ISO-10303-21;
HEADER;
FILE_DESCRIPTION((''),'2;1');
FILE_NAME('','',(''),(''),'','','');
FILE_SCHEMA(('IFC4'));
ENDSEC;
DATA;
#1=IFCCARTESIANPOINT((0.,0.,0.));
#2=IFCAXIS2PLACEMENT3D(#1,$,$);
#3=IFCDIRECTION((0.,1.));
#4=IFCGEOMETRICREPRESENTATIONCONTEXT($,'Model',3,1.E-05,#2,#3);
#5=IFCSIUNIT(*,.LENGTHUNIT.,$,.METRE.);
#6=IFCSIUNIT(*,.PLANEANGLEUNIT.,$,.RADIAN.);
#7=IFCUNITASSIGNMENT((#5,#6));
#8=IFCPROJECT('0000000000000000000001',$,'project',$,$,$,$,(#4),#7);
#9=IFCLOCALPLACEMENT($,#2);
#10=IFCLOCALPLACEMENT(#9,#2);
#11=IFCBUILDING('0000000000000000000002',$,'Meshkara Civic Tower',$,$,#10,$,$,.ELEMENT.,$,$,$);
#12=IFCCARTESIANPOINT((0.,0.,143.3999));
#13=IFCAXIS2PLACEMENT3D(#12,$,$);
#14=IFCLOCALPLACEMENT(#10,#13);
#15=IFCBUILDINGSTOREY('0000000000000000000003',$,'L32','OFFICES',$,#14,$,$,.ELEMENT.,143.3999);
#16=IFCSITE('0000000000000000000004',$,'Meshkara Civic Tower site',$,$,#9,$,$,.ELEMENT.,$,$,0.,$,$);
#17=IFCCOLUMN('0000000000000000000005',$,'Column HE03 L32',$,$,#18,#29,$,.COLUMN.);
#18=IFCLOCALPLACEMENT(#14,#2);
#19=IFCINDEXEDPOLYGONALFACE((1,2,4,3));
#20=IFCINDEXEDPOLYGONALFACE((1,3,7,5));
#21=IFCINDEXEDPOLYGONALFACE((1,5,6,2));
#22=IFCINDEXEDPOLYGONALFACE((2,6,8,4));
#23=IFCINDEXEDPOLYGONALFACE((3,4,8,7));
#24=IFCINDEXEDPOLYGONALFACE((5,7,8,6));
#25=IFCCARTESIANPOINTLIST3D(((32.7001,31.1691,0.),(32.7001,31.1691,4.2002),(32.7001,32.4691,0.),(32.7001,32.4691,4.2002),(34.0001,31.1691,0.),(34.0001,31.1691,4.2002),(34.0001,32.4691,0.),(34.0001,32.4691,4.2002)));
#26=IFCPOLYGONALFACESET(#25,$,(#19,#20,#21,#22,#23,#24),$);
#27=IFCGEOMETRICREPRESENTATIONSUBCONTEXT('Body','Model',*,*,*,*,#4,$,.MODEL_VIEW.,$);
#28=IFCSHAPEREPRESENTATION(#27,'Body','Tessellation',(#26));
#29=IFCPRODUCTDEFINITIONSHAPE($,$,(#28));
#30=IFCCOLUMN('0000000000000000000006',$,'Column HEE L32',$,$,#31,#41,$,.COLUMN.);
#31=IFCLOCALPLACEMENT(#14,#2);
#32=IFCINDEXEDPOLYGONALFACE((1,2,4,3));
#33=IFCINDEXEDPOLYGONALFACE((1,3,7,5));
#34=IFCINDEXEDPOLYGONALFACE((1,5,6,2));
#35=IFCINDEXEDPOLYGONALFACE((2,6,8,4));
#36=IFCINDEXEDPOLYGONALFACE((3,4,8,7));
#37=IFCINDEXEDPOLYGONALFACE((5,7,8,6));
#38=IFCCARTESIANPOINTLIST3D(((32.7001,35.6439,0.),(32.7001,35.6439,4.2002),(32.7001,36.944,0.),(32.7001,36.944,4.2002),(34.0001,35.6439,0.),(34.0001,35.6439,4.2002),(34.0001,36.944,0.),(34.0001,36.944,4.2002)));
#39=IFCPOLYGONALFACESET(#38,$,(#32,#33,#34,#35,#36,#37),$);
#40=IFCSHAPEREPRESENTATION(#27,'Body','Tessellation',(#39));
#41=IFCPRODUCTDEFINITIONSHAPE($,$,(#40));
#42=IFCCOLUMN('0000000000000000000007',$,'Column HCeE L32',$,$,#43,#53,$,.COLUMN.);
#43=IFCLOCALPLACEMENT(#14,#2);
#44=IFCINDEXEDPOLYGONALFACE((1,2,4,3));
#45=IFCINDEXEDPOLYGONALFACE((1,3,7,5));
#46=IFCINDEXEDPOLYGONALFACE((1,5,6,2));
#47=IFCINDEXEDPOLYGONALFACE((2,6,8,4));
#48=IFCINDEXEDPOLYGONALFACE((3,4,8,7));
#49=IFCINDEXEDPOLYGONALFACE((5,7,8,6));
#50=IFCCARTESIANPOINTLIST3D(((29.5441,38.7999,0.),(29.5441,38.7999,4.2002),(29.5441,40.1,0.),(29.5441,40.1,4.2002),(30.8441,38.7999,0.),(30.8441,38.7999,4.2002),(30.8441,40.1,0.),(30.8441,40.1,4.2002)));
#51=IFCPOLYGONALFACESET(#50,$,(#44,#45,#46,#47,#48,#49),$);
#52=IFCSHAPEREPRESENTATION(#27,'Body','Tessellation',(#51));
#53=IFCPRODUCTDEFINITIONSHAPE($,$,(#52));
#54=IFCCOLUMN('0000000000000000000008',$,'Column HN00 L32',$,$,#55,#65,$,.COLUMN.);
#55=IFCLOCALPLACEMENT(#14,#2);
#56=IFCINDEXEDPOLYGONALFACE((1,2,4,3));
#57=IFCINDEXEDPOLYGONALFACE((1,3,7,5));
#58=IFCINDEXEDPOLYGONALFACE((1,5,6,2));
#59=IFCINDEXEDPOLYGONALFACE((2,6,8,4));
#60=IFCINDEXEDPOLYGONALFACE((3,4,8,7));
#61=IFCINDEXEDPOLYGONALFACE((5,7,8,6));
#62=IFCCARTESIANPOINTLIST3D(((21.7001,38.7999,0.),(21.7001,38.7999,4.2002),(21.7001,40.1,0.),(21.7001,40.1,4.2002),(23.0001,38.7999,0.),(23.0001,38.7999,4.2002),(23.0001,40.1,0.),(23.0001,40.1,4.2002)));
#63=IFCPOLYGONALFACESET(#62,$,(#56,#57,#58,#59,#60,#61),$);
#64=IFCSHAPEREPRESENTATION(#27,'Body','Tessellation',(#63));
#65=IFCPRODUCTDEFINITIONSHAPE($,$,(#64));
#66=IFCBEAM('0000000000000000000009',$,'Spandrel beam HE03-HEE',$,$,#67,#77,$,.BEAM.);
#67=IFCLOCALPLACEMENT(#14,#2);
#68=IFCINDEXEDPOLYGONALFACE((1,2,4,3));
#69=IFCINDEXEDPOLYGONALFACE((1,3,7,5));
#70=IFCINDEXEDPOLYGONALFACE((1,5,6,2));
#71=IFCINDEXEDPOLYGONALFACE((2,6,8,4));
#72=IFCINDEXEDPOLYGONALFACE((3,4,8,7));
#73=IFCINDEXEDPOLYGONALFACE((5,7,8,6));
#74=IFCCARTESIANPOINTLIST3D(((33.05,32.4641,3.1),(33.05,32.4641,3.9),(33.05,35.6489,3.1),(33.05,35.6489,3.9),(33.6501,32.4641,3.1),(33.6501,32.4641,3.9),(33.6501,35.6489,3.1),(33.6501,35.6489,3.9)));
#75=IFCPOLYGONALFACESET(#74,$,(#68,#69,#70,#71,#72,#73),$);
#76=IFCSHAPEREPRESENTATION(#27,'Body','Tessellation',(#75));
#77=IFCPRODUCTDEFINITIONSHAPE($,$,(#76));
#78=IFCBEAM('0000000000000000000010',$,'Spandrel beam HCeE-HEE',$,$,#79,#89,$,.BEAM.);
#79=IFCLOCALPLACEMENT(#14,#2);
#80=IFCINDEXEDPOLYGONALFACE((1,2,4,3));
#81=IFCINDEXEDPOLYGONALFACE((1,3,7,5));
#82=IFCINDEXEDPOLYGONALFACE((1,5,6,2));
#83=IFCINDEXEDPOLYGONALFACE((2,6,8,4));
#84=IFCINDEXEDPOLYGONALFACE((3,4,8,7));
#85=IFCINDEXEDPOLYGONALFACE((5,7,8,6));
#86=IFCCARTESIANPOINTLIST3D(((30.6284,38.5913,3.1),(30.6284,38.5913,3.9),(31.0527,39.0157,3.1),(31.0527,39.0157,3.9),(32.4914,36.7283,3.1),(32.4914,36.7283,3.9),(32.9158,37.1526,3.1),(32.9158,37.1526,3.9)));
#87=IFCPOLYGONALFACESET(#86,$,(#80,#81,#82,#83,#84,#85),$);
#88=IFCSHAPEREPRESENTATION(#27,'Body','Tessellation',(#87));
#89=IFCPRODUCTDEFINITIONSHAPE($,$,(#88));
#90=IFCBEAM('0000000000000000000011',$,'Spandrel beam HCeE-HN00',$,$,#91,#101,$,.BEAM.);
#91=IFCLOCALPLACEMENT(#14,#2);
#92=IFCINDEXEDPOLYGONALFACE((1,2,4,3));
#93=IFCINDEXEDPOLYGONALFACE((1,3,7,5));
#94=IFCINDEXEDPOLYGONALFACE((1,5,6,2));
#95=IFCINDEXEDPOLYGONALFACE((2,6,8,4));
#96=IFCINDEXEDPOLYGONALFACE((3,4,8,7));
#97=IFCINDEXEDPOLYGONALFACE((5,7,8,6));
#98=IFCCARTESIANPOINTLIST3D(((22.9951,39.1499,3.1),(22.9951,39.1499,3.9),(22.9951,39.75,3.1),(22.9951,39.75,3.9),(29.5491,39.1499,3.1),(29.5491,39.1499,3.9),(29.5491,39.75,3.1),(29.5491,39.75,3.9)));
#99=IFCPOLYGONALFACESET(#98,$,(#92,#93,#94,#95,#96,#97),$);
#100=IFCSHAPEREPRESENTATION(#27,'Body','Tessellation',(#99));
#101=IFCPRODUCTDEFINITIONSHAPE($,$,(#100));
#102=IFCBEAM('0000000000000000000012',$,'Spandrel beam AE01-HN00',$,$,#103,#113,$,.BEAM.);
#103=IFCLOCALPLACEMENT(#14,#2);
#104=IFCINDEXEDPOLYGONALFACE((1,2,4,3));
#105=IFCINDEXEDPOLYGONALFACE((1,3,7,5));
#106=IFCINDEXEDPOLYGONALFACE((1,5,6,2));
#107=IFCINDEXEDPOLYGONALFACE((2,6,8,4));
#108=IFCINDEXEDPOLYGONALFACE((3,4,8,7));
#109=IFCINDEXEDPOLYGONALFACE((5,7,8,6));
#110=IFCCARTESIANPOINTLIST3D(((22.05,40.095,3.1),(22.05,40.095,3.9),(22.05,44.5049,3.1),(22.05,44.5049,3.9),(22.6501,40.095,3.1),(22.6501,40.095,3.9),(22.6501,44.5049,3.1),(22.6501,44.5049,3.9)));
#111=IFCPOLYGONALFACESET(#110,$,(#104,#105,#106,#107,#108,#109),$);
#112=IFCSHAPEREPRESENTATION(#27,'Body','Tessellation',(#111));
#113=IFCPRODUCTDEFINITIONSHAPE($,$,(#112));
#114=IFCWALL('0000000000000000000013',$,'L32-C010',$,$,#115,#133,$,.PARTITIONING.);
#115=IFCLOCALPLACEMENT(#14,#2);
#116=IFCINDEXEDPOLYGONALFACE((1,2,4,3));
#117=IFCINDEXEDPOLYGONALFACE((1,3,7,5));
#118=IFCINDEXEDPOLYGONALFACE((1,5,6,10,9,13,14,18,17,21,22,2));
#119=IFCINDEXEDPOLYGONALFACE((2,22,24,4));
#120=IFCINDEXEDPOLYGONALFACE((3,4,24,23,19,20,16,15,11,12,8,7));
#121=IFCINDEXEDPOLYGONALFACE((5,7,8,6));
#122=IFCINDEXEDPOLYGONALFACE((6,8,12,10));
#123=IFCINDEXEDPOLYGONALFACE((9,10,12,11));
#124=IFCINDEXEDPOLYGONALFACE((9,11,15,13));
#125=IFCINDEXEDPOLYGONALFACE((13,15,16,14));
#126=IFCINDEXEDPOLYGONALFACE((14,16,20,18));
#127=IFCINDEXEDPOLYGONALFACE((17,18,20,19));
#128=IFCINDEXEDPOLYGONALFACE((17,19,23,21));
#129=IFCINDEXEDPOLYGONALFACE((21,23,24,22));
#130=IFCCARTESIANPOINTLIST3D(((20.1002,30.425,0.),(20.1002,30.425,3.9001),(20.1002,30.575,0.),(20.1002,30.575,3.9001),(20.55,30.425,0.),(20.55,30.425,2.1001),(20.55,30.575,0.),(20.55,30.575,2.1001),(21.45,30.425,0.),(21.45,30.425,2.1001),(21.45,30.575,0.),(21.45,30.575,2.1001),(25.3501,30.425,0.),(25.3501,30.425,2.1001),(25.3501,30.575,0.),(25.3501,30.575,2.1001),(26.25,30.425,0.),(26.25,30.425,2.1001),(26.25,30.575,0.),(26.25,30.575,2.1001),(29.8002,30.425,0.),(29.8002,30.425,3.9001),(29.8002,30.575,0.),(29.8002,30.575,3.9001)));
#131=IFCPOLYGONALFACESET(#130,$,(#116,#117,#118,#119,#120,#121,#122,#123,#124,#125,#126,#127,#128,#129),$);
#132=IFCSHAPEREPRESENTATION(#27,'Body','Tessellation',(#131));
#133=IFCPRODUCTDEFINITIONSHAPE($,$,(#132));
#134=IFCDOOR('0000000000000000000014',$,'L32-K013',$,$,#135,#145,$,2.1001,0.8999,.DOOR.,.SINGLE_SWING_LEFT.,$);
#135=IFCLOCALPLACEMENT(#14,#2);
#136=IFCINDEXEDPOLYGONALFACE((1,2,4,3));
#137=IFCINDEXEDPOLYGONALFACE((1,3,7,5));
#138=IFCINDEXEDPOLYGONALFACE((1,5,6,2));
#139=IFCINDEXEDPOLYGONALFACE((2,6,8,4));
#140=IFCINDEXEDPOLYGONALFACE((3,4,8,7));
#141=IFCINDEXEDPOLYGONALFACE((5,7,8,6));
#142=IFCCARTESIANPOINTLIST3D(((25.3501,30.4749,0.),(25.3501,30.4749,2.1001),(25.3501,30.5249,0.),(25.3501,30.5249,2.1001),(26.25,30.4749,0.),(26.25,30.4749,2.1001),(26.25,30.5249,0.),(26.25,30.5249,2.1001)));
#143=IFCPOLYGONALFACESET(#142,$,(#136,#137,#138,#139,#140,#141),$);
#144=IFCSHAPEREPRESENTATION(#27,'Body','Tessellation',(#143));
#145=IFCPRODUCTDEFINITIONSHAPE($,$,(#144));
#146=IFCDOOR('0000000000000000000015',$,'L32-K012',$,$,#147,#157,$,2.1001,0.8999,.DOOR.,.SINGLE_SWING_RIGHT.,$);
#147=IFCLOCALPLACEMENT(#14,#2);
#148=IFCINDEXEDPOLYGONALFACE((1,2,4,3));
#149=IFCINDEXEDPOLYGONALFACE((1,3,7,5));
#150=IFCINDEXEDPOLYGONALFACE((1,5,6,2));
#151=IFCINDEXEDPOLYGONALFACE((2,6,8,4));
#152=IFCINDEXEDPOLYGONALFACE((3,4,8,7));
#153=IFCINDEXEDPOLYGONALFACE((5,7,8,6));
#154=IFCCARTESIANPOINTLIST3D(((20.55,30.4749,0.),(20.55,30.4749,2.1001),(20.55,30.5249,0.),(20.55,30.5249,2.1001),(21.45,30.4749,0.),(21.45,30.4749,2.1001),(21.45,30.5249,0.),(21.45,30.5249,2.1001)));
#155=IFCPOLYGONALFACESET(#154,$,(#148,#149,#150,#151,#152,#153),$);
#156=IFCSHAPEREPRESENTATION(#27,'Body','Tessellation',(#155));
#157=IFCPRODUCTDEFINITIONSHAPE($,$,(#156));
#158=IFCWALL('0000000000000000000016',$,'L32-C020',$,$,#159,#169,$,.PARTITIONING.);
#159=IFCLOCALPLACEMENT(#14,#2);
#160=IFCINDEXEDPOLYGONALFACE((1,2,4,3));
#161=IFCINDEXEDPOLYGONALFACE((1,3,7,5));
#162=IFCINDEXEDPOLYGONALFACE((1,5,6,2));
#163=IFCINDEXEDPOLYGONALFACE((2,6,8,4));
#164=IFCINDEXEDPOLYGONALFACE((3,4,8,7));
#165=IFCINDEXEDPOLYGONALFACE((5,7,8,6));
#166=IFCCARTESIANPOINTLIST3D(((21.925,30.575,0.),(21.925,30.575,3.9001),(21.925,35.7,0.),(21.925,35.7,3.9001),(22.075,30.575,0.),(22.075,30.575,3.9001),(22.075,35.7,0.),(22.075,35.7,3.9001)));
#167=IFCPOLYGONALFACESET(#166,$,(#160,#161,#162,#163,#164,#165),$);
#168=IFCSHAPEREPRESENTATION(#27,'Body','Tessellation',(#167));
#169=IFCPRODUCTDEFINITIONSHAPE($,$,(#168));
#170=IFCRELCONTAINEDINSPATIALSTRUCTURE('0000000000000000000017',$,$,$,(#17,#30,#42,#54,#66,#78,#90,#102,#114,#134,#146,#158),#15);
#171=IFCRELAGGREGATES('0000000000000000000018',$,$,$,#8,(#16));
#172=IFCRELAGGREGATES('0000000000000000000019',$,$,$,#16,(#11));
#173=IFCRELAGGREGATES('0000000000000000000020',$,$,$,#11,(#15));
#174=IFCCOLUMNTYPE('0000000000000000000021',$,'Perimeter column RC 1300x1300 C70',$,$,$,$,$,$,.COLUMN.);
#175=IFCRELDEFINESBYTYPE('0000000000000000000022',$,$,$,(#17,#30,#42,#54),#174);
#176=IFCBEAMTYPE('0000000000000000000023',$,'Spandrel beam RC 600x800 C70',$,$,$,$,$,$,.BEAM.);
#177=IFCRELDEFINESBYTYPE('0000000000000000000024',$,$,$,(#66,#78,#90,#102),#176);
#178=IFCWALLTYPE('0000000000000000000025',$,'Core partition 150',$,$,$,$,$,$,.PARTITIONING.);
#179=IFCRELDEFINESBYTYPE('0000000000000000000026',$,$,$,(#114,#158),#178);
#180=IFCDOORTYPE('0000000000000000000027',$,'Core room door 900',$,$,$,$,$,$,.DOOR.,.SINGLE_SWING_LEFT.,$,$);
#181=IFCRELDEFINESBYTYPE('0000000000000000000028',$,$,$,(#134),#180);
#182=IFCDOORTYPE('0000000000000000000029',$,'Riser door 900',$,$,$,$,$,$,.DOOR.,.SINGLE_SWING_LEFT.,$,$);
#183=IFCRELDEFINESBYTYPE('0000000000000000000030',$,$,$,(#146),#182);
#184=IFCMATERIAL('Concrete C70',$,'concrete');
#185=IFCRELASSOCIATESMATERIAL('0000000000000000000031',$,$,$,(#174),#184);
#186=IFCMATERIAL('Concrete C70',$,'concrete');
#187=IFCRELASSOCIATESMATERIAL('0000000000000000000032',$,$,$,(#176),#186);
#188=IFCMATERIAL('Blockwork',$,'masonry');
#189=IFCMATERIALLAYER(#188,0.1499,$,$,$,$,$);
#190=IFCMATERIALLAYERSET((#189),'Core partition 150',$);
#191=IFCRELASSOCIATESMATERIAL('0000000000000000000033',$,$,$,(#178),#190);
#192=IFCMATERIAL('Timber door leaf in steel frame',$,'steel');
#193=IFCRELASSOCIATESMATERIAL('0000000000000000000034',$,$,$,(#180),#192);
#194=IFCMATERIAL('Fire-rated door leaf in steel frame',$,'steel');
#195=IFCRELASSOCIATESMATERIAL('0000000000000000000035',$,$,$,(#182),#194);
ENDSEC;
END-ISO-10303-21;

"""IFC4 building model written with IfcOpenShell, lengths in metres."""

from ifc_helpers import new_model, si_unit, direction, frame, frame_2d, origin, origin_2d, place, context, subcontext, project, spatial, rectangle, extrude, material, layer, layer_set, material_profile, profile_set, type_object, element, fill, save


model = new_model("IFC4")

# Units and contexts
model_context = context("Model", 3, precision=1e-05, world=origin(), true_north=direction((0.0, 1.0)))
body_context = subcontext(model_context, "Body", "Model", "MODEL_VIEW")
ifc_project = project(units=[si_unit("LENGTHUNIT", "METRE"), si_unit("PLANEANGLEUNIT", "RADIAN")], contexts=[model_context])

# Site, building, storey
site_placement = place(None, origin())
site = spatial("IfcSite", under=ifc_project, at=site_placement, Name="Meshkara Civic Tower site", CompositionType="ELEMENT", RefElevation=0.0)
building_placement = place(site_placement, origin())
building = spatial("IfcBuilding", under=site, at=building_placement, Name="Meshkara Civic Tower", CompositionType="ELEMENT")
storey_placement = place(building_placement, frame((0.0, 0.0, 143.3999)))
storey = spatial("IfcBuildingStorey", under=building, at=storey_placement, Name="L32", Description="OFFICES", CompositionType="ELEMENT", Elevation=143.3999)

# Columns
ifc_material_1 = material(Name="Concrete C70", Category="concrete")
ifc_material_profile_1 = material_profile(ifc_material_1, rectangle(XDim=1.3, YDim=1.3, at=origin_2d()))
ifc_profile_set_1 = profile_set([ifc_material_profile_1], Name="Concrete C70")
column_type = type_object("IfcColumnType", Name="Perimeter column RC 1300x1300 C70", PredefinedType="COLUMN", material=ifc_profile_set_1)
for number, where, z_axis, x_axis, name in (
    (1, (33.3501, 31.8191, 0.0), (0.0, 0.0, 1.0), (1.0, 0.0, 0.0), "Column HE03 L32"),
    (2, (33.3501, 36.2939, 0.0), (0.0, 0.0, 1.0), (1.0, 0.0, 0.0), "Column HEE L32"),
    (3, (30.1941, 39.45, 0.0), (0.0, 0.0, 1.0), (1.0, 0.0, 0.0), "Column HCeE L32"),
    (4, (22.3501, 39.45, 0.0), (0.0, 0.0, 1.0), (1.0, 0.0, 0.0), "Column HN00 L32"),
):
    element("IfcColumn", number, at=place(storey_placement, frame(where, z_axis=z_axis, x_axis=x_axis)), inside=storey, type_object=column_type, Name=name, PredefinedType="COLUMN", context=body_context, shape_type="SweptSolid", body=[
        extrude(rectangle(XDim=1.3, YDim=1.3, at=origin_2d()), origin(), (0.0, 0.0, 1.0), 4.2002),
    ])

# Beams
ifc_material_2 = material(Name="Concrete C70", Category="concrete")
ifc_material_profile_2 = material_profile(ifc_material_2, rectangle(XDim=0.6001, YDim=0.8, at=origin_2d()))
ifc_profile_set_2 = profile_set([ifc_material_profile_2], Name="Concrete C70")
beam_type = type_object("IfcBeamType", Name="Spandrel beam RC 600x800 C70", PredefinedType="BEAM", material=ifc_profile_set_2)
beam_1_placement = place(storey_placement, frame((33.3501, 32.4641, 3.5), z_axis=(0.0, 1.0, 0.0), x_axis=(-1.0, 0.0, 0.0)))
element("IfcBeam", 5, at=beam_1_placement, inside=storey, type_object=beam_type, Name="Spandrel beam HE03-HEE", PredefinedType="BEAM", context=body_context, shape_type="SweptSolid", body=[
    extrude(rectangle(XDim=0.6001, YDim=0.8, at=origin_2d()), origin(), (0.0, 0.0, 1.0), 3.1848),
])
beam_2_placement = place(storey_placement, frame((32.7036, 36.9404, 3.5), z_axis=(-0.707107, 0.707107, 0.0), x_axis=(-0.707107, -0.707107, 0.0)))
element("IfcBeam", 6, at=beam_2_placement, inside=storey, type_object=beam_type, Name="Spandrel beam HCeE-HEE", PredefinedType="BEAM", context=body_context, shape_type="SweptSolid", body=[
    extrude(rectangle(XDim=0.6001, YDim=0.8, at=origin_2d()), origin(), (0.0, 0.0, 1.0), 2.6348),
])
beam_3_placement = place(storey_placement, frame((29.5491, 39.45, 3.5), z_axis=(-1.0, 0.0, 0.0), x_axis=(0.0, -1.0, 0.0)))
element("IfcBeam", 7, at=beam_3_placement, inside=storey, type_object=beam_type, Name="Spandrel beam HCeE-HN00", PredefinedType="BEAM", context=body_context, shape_type="SweptSolid", body=[
    extrude(rectangle(XDim=0.6001, YDim=0.8, at=origin_2d()), origin(), (0.0, 0.0, 1.0), 6.554),
])
beam_4_placement = place(storey_placement, frame((22.3501, 40.095, 3.5), z_axis=(0.0, 1.0, 0.0), x_axis=(-1.0, 0.0, 0.0)))
element("IfcBeam", 8, at=beam_4_placement, inside=storey, type_object=beam_type, Name="Spandrel beam AE01-HN00", PredefinedType="BEAM", context=body_context, shape_type="SweptSolid", body=[
    extrude(rectangle(XDim=0.6001, YDim=0.8, at=origin_2d()), origin(), (0.0, 0.0, 1.0), 4.4099),
])

# Wall, openings, doors
ifc_material_3 = material(Name="Blockwork", Category="masonry")
ifc_layer_1 = layer(ifc_material_3, 0.1499)
ifc_layer_set_1 = layer_set([ifc_layer_1], Name="Core partition 150")
wall_type_1 = type_object("IfcWallType", Name="Core partition 150", PredefinedType="PARTITIONING", material=ifc_layer_set_1)
wall_1_placement = place(storey_placement, frame((20.1001, 30.5, 0.0), z_axis=(0.0, 0.0, 1.0), x_axis=(1.0, 0.0, 0.0)))
wall_1 = element("IfcWall", 9, at=wall_1_placement, inside=storey, type_object=wall_type_1, Name="L32-C010", PredefinedType="PARTITIONING", context=body_context, shape_type="SweptSolid", body=[
    extrude(rectangle(XDim=9.7, YDim=0.1499, at=frame_2d((4.8501, 0.0))), origin(), (0.0, 0.0, 1.0), 3.9001),
])
opening_1_placement = place(wall_1_placement, frame((0.45, 0.0, 0.0)))
opening_1 = element("IfcOpeningElement", 10, at=opening_1_placement, cuts=wall_1, PredefinedType="OPENING", context=body_context, shape_type="SweptSolid", body=[
    extrude(rectangle(XDim=0.8999, YDim=2.1001, at=frame_2d((0.45, 1.05))), frame((0.0, 0.085, 0.0), z_axis=(0.0, -1.0, 0.0), x_axis=(1.0, 0.0, 0.0)), (0.0, 0.0, 1.0), 0.1699),
])
opening_2_placement = place(wall_1_placement, frame((5.25, 0.0, 0.0)))
opening_2 = element("IfcOpeningElement", 11, at=opening_2_placement, cuts=wall_1, PredefinedType="OPENING", context=body_context, shape_type="SweptSolid", body=[
    extrude(rectangle(XDim=0.8999, YDim=2.1001, at=frame_2d((0.45, 1.05))), frame((0.0, 0.085, 0.0), z_axis=(0.0, -1.0, 0.0), x_axis=(1.0, 0.0, 0.0)), (0.0, 0.0, 1.0), 0.1699),
])
ifc_material_4 = material(Name="Timber door leaf in steel frame", Category="steel")
door_type_1 = type_object("IfcDoorType", Name="Core room door 900", OperationType="SINGLE_SWING_LEFT", PredefinedType="DOOR", material=ifc_material_4)
door_1_placement = place(opening_2_placement, origin())
door_1 = element("IfcDoor", 12, at=door_1_placement, inside=storey, type_object=door_type_1, Name="L32-K013", OperationType="SINGLE_SWING_LEFT", OverallHeight=2.1001, OverallWidth=0.8999, PredefinedType="DOOR", context=body_context, shape_type="SweptSolid", body=[
    extrude(rectangle(XDim=0.8999, YDim=2.1001, at=frame_2d((0.45, 1.05))), frame((0.0, 0.0249, 0.0), z_axis=(0.0, -1.0, 0.0), x_axis=(1.0, 0.0, 0.0)), (0.0, 0.0, 1.0), 0.05),
])
fill(opening_2, door_1)
ifc_material_5 = material(Name="Fire-rated door leaf in steel frame", Category="steel")
door_type_2 = type_object("IfcDoorType", Name="Riser door 900", OperationType="SINGLE_SWING_LEFT", PredefinedType="DOOR", material=ifc_material_5)
door_2_placement = place(opening_1_placement, origin())
door_2 = element("IfcDoor", 13, at=door_2_placement, inside=storey, type_object=door_type_2, Name="L32-K012", OperationType="SINGLE_SWING_RIGHT", OverallHeight=2.1001, OverallWidth=0.8999, PredefinedType="DOOR", context=body_context, shape_type="SweptSolid", body=[
    extrude(rectangle(XDim=0.8999, YDim=2.1001, at=frame_2d((0.45, 1.05))), frame((0.0, 0.0249, 0.0), z_axis=(0.0, -1.0, 0.0), x_axis=(1.0, 0.0, 0.0)), (0.0, 0.0, 1.0), 0.05),
])
fill(opening_1, door_2)

# Wall
wall_2_placement = place(storey_placement, frame((22.0, 30.575, 0.0), z_axis=(0.0, 0.0, 1.0), x_axis=(0.0, 1.0, 0.0)))
element("IfcWall", 14, at=wall_2_placement, inside=storey, type_object=wall_type_1, Name="L32-C020", PredefinedType="PARTITIONING", context=body_context, shape_type="SweptSolid", body=[
    extrude(rectangle(XDim=5.125, YDim=0.1499, at=frame_2d((2.5625, 0.0))), origin(), (0.0, 0.0, 1.0), 3.9001),
])

save(model, "model.ifc")
